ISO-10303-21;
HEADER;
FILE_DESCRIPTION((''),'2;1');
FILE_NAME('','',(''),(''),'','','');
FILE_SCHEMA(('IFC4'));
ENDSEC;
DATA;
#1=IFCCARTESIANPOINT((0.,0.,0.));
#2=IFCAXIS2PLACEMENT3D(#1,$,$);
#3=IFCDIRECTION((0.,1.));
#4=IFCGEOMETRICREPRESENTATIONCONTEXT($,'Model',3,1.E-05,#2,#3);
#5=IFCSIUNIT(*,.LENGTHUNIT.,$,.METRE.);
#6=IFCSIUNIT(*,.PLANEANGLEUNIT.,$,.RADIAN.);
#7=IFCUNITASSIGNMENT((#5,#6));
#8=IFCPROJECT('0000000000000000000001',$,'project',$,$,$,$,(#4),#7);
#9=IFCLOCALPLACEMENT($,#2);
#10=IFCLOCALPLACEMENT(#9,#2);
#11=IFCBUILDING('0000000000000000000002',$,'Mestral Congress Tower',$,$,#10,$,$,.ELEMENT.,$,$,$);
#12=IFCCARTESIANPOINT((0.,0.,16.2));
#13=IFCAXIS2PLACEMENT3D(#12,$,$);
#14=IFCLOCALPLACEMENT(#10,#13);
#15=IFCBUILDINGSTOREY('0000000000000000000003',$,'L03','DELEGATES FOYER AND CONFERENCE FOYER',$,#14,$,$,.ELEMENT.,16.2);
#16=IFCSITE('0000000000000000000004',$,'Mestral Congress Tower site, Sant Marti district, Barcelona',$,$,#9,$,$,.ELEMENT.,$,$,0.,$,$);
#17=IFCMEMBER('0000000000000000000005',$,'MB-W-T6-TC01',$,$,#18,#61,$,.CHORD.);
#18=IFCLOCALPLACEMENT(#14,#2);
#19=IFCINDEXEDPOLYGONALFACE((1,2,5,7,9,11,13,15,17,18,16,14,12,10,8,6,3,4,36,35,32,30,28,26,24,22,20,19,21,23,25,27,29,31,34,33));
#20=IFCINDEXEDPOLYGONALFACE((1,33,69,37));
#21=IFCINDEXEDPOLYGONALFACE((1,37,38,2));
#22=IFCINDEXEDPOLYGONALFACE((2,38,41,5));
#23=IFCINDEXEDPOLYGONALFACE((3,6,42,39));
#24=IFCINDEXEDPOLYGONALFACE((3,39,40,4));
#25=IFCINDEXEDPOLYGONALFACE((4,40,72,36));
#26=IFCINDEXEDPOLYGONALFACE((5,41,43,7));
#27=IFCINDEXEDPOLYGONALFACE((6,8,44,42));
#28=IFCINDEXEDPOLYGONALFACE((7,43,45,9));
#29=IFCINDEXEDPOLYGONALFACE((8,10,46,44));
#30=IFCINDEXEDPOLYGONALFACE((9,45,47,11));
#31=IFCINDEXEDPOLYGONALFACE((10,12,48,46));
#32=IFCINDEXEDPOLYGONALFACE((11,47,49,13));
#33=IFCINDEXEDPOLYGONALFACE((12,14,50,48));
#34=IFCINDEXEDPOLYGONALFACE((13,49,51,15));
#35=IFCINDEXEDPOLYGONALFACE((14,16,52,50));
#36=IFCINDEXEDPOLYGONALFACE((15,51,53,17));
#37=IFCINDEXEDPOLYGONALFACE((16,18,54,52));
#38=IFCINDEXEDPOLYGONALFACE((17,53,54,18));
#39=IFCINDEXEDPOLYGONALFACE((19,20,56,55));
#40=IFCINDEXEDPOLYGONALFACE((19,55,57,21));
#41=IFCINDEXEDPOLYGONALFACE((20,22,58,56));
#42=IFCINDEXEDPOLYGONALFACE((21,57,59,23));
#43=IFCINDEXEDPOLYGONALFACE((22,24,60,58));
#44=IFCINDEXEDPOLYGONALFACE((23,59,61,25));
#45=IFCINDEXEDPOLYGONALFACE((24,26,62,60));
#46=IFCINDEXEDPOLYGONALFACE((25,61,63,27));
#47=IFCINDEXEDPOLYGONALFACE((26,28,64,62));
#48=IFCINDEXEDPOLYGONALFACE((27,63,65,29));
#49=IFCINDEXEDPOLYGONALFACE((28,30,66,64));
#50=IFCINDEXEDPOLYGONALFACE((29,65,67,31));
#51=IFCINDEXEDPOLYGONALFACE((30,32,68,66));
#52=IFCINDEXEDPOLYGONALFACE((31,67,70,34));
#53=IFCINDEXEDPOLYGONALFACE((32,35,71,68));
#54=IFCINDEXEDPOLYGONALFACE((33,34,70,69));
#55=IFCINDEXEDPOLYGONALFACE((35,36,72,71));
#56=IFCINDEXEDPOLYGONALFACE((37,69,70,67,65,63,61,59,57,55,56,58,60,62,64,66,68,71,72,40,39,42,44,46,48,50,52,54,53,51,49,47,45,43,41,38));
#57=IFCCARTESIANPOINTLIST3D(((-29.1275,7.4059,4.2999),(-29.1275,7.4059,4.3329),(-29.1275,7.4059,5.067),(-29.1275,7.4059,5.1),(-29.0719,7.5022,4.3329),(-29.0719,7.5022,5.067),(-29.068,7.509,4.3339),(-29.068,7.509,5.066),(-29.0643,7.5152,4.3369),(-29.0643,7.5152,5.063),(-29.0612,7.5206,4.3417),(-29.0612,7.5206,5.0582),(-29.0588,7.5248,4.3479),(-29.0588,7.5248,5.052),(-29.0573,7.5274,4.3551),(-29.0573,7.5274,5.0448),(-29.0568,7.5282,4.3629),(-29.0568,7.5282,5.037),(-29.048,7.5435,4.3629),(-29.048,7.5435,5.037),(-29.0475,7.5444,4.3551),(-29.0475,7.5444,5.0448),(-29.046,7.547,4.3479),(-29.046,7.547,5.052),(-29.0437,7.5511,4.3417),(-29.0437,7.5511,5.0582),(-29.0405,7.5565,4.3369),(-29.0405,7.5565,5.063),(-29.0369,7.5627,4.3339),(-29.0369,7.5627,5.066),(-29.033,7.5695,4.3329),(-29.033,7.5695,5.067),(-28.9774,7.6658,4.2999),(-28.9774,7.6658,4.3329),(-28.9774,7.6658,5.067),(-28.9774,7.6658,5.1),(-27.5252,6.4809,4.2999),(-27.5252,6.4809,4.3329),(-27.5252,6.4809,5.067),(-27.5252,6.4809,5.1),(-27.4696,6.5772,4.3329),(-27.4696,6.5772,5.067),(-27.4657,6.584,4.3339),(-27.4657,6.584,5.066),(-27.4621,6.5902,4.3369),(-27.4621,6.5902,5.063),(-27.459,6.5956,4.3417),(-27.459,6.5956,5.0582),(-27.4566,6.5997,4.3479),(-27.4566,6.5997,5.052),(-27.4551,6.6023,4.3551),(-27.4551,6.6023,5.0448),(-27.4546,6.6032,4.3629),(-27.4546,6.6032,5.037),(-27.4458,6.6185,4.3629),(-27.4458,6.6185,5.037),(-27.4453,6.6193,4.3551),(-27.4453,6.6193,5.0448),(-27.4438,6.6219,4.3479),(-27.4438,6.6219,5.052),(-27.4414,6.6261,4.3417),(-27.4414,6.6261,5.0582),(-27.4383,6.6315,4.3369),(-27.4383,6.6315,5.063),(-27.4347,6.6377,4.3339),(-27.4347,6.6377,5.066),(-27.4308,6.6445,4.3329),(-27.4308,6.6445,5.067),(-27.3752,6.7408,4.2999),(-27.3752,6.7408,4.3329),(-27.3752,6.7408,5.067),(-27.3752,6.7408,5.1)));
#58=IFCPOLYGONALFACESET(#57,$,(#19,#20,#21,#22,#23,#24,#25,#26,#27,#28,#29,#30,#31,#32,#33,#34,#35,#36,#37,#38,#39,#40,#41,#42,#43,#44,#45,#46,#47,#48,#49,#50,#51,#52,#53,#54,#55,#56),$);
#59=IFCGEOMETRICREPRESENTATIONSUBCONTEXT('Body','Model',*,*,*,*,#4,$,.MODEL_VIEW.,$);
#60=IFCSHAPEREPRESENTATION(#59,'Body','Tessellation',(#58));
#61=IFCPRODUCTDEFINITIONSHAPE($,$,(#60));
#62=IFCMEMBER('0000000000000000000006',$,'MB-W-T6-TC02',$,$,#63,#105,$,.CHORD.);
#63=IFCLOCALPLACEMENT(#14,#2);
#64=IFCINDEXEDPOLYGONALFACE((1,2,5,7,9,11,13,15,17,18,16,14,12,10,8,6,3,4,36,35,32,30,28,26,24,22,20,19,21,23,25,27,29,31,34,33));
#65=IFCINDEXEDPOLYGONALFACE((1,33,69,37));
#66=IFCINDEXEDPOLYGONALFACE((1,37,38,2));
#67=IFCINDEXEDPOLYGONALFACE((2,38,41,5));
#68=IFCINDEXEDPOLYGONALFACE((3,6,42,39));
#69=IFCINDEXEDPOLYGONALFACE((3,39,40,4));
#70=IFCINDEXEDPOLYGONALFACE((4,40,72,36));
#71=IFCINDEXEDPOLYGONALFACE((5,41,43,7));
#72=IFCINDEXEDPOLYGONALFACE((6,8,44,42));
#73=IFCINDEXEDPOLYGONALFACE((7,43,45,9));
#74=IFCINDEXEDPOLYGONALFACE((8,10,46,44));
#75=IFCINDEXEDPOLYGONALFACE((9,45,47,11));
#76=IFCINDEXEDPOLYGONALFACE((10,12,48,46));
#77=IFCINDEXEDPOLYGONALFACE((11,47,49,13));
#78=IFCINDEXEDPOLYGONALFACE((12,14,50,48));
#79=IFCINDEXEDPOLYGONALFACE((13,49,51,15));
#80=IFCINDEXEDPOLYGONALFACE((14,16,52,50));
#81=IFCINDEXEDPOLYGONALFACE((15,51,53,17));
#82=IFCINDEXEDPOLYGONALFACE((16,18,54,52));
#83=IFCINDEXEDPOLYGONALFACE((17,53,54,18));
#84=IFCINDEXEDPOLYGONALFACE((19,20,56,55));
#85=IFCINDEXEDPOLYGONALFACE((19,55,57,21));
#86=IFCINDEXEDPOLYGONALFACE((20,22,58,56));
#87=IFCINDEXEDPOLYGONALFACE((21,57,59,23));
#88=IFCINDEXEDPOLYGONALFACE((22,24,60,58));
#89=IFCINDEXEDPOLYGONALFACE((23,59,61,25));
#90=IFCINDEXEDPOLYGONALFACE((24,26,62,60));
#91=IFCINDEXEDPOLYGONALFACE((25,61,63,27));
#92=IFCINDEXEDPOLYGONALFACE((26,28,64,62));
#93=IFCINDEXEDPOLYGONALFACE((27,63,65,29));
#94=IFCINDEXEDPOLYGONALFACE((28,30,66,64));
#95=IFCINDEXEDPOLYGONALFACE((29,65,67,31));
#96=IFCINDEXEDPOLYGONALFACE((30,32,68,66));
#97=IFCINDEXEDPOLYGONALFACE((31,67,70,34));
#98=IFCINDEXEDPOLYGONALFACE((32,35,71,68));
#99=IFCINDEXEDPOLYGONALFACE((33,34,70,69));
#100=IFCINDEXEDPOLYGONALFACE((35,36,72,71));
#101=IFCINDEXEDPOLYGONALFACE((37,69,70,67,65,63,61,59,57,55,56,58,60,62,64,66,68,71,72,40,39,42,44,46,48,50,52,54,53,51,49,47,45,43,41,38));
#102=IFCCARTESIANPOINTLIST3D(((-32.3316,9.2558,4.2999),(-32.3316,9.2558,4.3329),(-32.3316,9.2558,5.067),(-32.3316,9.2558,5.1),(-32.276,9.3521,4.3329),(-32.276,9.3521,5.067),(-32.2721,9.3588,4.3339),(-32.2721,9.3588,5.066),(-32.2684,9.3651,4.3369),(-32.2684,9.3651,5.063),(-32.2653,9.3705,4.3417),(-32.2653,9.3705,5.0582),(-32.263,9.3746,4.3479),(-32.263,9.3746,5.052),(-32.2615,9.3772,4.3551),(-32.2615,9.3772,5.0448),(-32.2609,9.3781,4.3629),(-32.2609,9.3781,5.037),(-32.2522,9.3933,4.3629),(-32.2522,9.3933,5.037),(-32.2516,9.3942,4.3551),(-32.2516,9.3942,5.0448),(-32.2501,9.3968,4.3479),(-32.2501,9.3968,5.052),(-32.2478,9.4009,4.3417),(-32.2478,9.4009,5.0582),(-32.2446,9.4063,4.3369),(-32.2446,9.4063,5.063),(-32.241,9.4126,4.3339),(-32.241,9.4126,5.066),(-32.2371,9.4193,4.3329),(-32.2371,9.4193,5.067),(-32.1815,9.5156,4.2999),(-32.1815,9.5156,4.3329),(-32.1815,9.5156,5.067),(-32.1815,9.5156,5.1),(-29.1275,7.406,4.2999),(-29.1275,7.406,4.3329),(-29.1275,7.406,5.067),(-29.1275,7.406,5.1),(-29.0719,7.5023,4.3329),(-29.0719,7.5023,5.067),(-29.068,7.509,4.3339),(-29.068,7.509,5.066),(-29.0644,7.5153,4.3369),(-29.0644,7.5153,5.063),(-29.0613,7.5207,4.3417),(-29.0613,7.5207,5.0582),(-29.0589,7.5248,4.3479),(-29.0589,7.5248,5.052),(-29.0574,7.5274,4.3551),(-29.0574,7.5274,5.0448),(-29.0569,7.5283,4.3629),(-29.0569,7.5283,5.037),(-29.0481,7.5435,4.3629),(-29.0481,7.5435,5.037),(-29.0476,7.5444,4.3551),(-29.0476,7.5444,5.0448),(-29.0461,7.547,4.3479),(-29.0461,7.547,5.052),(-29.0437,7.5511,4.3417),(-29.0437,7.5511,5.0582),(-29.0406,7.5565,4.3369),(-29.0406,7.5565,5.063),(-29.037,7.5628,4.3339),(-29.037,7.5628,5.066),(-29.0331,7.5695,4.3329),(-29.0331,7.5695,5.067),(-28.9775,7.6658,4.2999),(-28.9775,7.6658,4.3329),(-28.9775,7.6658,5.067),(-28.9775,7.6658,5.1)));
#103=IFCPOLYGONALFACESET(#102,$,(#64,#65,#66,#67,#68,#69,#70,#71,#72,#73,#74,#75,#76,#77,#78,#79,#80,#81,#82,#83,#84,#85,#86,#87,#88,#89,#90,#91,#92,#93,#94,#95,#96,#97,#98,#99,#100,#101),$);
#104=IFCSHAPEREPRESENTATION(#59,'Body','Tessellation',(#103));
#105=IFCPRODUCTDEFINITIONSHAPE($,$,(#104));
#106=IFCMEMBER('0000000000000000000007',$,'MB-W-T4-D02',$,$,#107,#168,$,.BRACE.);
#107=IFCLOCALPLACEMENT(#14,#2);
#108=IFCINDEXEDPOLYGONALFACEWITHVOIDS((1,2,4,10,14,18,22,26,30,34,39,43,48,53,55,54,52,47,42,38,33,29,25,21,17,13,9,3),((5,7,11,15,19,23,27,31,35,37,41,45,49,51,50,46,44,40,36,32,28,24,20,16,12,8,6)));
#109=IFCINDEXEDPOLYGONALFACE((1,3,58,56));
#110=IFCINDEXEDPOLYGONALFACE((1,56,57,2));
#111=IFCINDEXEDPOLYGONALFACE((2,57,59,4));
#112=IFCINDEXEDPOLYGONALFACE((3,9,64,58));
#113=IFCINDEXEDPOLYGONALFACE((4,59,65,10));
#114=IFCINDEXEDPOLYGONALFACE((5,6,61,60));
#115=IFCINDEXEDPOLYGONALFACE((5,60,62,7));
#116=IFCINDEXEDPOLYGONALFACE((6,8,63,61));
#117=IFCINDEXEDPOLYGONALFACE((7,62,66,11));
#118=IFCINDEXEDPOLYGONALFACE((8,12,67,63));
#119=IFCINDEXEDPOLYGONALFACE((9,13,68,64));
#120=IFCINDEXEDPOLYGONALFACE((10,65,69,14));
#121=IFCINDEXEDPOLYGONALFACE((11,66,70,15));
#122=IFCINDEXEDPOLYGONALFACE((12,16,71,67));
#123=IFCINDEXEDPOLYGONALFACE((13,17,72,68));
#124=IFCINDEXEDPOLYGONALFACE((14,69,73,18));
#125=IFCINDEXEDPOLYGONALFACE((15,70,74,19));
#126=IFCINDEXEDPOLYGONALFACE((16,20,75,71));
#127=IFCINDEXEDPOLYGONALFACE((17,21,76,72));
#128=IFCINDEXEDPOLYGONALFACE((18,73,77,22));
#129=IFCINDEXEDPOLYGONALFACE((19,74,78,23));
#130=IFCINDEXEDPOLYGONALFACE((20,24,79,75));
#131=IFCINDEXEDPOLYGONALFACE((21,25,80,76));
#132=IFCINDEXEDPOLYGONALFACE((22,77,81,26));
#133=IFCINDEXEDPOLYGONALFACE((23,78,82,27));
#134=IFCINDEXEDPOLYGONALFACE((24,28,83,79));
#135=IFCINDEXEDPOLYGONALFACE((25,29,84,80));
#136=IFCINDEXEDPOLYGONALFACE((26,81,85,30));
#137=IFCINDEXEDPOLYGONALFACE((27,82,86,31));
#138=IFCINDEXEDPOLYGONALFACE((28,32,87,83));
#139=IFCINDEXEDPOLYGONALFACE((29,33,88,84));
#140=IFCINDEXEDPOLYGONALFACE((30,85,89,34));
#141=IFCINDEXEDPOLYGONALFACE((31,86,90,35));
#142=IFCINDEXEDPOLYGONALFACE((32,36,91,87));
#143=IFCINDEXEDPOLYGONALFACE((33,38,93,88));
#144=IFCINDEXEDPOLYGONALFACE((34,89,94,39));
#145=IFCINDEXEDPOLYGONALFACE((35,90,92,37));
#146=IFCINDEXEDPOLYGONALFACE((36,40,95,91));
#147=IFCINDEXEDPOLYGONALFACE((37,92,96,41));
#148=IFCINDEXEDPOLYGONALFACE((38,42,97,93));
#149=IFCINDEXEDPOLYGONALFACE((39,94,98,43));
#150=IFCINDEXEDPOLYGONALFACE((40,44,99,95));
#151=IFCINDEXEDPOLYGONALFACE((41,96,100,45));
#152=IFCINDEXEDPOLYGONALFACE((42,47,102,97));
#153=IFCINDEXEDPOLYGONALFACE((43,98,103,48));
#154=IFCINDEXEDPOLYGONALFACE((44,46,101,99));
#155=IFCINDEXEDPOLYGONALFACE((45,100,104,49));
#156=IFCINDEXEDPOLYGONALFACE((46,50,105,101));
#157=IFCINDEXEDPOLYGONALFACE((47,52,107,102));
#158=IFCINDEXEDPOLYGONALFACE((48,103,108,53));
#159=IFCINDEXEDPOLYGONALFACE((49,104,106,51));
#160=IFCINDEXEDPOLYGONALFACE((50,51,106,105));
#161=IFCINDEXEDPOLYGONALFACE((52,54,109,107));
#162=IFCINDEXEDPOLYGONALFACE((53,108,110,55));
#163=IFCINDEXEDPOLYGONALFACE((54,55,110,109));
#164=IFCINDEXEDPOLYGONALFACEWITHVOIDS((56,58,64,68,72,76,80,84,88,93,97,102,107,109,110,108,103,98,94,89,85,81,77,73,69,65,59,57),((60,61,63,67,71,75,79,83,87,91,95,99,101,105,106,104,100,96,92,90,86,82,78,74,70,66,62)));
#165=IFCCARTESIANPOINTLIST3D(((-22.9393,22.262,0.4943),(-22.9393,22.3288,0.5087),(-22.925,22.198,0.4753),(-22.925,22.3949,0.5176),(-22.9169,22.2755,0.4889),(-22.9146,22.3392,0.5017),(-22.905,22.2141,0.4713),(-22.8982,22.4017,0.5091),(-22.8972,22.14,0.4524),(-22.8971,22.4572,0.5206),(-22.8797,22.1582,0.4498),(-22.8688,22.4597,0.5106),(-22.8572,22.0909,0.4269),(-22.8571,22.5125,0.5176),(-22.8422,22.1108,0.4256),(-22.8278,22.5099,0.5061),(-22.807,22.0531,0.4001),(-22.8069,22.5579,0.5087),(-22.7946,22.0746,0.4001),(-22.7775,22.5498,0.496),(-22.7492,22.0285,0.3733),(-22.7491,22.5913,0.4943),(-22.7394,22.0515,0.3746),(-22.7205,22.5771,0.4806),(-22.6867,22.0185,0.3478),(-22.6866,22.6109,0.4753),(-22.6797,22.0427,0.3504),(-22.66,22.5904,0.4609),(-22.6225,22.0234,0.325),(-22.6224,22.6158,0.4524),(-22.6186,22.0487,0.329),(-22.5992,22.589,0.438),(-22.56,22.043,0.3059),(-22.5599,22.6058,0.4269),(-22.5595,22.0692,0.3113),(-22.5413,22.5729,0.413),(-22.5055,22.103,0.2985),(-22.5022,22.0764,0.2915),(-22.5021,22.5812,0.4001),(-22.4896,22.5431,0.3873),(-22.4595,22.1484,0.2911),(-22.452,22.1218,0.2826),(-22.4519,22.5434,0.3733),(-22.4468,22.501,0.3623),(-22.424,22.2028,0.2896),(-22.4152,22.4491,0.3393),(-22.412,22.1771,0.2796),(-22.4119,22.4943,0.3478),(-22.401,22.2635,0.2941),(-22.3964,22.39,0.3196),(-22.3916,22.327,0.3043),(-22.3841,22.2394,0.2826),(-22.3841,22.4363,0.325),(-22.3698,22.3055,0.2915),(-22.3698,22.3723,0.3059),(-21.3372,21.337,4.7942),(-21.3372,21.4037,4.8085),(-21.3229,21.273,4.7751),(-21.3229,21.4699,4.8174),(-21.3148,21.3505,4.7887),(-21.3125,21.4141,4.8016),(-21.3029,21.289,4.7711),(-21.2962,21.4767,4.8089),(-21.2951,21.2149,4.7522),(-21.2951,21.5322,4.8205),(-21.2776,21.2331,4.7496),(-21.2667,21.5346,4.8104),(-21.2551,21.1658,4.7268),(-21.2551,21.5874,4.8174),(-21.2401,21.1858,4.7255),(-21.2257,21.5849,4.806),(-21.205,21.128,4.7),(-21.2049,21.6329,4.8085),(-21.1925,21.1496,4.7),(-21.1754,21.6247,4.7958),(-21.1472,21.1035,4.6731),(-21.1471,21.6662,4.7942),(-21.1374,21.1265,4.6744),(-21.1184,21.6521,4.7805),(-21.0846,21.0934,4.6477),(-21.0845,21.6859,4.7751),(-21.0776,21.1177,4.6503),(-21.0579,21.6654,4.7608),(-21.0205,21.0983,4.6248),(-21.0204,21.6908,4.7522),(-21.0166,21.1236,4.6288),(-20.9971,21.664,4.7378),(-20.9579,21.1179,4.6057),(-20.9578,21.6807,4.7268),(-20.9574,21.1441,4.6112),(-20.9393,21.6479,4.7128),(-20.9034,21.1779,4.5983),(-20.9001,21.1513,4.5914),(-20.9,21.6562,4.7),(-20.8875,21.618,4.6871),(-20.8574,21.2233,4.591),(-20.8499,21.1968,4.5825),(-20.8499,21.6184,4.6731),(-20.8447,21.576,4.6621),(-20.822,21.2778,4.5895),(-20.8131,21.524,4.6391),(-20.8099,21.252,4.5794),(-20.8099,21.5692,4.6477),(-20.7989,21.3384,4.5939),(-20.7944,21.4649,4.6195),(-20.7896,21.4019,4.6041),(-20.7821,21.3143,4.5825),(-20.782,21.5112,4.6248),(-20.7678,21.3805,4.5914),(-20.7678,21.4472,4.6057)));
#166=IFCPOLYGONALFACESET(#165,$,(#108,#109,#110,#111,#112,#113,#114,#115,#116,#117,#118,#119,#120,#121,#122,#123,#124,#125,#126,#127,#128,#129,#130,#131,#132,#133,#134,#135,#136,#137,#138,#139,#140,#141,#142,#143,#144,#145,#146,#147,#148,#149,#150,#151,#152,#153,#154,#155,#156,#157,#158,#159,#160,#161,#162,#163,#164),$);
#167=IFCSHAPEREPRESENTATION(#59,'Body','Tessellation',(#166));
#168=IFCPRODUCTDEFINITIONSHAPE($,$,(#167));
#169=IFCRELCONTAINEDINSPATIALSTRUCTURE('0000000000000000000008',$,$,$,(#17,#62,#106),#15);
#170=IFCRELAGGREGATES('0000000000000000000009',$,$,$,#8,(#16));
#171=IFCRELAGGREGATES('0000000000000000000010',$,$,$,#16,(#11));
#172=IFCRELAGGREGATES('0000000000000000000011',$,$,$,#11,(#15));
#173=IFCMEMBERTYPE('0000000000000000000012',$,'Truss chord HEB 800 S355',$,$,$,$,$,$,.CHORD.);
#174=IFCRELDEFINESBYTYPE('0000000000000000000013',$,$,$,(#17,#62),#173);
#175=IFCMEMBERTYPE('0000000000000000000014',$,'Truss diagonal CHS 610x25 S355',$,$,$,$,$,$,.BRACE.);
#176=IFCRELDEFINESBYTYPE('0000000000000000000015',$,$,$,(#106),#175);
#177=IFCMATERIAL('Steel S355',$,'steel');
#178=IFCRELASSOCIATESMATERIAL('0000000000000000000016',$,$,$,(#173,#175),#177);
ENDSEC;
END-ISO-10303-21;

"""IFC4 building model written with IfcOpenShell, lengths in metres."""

from ifc_helpers import new_model, si_unit, direction, frame, origin, origin_2d, place, context, subcontext, project, spatial, hollow_circle, i_section, extrude, material, material_profile, profile_set, type_object, element, save


model = new_model("IFC4")

# Units and contexts
model_context = context("Model", 3, precision=1e-05, world=origin(), true_north=direction((0.0, 1.0)))
body_context = subcontext(model_context, "Body", "Model", "MODEL_VIEW")
ifc_project = project(units=[si_unit("LENGTHUNIT", "METRE"), si_unit("PLANEANGLEUNIT", "RADIAN")], contexts=[model_context])

# Site, building, storey
site_placement = place(None, origin())
site = spatial("IfcSite", under=ifc_project, at=site_placement, Name="Mestral Congress Tower site, Sant Marti district, Barcelona", CompositionType="ELEMENT", RefElevation=0.0)
building_placement = place(site_placement, origin())
building = spatial("IfcBuilding", under=site, at=building_placement, Name="Mestral Congress Tower", CompositionType="ELEMENT")
storey_placement = place(building_placement, frame((0.0, 0.0, 16.2)))
storey = spatial("IfcBuildingStorey", under=building, at=storey_placement, Name="L03", Description="DELEGATES FOYER AND CONFERENCE FOYER", CompositionType="ELEMENT", Elevation=16.2)

# Members
ifc_material_1 = material(Name="Steel S355", Category="steel")
ifc_material_profile_1 = material_profile(ifc_material_1, i_section(OverallWidth=0.3, OverallDepth=0.8, WebThickness=0.0176, FlangeThickness=0.033, FilletRadius=0.03, at=origin_2d()), Name="HEB 800")
ifc_profile_set_1 = profile_set([ifc_material_profile_1], Name="Steel S355")
member_type_1 = type_object("IfcMemberType", Name="Truss chord HEB 800 S355", PredefinedType="CHORD", material=ifc_profile_set_1)
member_1_placement = place(storey_placement, frame((-27.4502, 6.6108, 4.7), z_axis=(-0.866034, 0.499985, 0.0), x_axis=(-0.499985, -0.866034, 0.0)))
element("IfcMember", 1, at=member_1_placement, inside=storey, type_object=member_type_1, Name="MB-W-T6-TC01", PredefinedType="CHORD", context=body_context, shape_type="SweptSolid", body=[
    extrude(i_section(OverallWidth=0.3, OverallDepth=0.8, WebThickness=0.0176, FlangeThickness=0.033, FilletRadius=0.03, at=origin_2d()), origin(), (0.0, 0.0, 1.0), 1.8501),
])
member_2_placement = place(storey_placement, frame((-29.0525, 7.5359, 4.7), z_axis=(-0.86603, 0.499993, 0.0), x_axis=(-0.499993, -0.86603, 0.0)))
element("IfcMember", 2, at=member_2_placement, inside=storey, type_object=member_type_1, Name="MB-W-T6-TC02", PredefinedType="CHORD", context=body_context, shape_type="SweptSolid", body=[
    extrude(i_section(OverallWidth=0.3, OverallDepth=0.8, WebThickness=0.0176, FlangeThickness=0.033, FilletRadius=0.03, at=origin_2d()), origin(), (0.0, 0.0, 1.0), 3.6997),
])
ifc_material_profile_2 = material_profile(ifc_material_1, hollow_circle(Radius=0.3049, WallThickness=0.0249, at=origin_2d()), Name="CHS 610x25")
ifc_profile_set_2 = profile_set([ifc_material_profile_2], Name="Steel S355")
member_type_2 = type_object("IfcMemberType", Name="Truss diagonal CHS 610x25 S355", PredefinedType="BRACE", material=ifc_profile_set_2)
for number, where, z_axis, x_axis, name in (
    (3, (-21.0525, 21.3921, 4.7), (-0.342254, 0.197623, -0.91859), (-0.500042, -0.866001, 0.0), "MB-W-T4-D02"),
):
    element("IfcMember", number, at=place(storey_placement, frame(where, z_axis=z_axis, x_axis=x_axis)), inside=storey, type_object=member_type_2, Name=name, PredefinedType="BRACE", context=body_context, shape_type="SweptSolid", body=[
        extrude(hollow_circle(Radius=0.3049, WallThickness=0.0249, at=origin_2d()), origin(), (0.0, 0.0, 1.0), 4.6809),
    ])

save(model, "model.ifc")
